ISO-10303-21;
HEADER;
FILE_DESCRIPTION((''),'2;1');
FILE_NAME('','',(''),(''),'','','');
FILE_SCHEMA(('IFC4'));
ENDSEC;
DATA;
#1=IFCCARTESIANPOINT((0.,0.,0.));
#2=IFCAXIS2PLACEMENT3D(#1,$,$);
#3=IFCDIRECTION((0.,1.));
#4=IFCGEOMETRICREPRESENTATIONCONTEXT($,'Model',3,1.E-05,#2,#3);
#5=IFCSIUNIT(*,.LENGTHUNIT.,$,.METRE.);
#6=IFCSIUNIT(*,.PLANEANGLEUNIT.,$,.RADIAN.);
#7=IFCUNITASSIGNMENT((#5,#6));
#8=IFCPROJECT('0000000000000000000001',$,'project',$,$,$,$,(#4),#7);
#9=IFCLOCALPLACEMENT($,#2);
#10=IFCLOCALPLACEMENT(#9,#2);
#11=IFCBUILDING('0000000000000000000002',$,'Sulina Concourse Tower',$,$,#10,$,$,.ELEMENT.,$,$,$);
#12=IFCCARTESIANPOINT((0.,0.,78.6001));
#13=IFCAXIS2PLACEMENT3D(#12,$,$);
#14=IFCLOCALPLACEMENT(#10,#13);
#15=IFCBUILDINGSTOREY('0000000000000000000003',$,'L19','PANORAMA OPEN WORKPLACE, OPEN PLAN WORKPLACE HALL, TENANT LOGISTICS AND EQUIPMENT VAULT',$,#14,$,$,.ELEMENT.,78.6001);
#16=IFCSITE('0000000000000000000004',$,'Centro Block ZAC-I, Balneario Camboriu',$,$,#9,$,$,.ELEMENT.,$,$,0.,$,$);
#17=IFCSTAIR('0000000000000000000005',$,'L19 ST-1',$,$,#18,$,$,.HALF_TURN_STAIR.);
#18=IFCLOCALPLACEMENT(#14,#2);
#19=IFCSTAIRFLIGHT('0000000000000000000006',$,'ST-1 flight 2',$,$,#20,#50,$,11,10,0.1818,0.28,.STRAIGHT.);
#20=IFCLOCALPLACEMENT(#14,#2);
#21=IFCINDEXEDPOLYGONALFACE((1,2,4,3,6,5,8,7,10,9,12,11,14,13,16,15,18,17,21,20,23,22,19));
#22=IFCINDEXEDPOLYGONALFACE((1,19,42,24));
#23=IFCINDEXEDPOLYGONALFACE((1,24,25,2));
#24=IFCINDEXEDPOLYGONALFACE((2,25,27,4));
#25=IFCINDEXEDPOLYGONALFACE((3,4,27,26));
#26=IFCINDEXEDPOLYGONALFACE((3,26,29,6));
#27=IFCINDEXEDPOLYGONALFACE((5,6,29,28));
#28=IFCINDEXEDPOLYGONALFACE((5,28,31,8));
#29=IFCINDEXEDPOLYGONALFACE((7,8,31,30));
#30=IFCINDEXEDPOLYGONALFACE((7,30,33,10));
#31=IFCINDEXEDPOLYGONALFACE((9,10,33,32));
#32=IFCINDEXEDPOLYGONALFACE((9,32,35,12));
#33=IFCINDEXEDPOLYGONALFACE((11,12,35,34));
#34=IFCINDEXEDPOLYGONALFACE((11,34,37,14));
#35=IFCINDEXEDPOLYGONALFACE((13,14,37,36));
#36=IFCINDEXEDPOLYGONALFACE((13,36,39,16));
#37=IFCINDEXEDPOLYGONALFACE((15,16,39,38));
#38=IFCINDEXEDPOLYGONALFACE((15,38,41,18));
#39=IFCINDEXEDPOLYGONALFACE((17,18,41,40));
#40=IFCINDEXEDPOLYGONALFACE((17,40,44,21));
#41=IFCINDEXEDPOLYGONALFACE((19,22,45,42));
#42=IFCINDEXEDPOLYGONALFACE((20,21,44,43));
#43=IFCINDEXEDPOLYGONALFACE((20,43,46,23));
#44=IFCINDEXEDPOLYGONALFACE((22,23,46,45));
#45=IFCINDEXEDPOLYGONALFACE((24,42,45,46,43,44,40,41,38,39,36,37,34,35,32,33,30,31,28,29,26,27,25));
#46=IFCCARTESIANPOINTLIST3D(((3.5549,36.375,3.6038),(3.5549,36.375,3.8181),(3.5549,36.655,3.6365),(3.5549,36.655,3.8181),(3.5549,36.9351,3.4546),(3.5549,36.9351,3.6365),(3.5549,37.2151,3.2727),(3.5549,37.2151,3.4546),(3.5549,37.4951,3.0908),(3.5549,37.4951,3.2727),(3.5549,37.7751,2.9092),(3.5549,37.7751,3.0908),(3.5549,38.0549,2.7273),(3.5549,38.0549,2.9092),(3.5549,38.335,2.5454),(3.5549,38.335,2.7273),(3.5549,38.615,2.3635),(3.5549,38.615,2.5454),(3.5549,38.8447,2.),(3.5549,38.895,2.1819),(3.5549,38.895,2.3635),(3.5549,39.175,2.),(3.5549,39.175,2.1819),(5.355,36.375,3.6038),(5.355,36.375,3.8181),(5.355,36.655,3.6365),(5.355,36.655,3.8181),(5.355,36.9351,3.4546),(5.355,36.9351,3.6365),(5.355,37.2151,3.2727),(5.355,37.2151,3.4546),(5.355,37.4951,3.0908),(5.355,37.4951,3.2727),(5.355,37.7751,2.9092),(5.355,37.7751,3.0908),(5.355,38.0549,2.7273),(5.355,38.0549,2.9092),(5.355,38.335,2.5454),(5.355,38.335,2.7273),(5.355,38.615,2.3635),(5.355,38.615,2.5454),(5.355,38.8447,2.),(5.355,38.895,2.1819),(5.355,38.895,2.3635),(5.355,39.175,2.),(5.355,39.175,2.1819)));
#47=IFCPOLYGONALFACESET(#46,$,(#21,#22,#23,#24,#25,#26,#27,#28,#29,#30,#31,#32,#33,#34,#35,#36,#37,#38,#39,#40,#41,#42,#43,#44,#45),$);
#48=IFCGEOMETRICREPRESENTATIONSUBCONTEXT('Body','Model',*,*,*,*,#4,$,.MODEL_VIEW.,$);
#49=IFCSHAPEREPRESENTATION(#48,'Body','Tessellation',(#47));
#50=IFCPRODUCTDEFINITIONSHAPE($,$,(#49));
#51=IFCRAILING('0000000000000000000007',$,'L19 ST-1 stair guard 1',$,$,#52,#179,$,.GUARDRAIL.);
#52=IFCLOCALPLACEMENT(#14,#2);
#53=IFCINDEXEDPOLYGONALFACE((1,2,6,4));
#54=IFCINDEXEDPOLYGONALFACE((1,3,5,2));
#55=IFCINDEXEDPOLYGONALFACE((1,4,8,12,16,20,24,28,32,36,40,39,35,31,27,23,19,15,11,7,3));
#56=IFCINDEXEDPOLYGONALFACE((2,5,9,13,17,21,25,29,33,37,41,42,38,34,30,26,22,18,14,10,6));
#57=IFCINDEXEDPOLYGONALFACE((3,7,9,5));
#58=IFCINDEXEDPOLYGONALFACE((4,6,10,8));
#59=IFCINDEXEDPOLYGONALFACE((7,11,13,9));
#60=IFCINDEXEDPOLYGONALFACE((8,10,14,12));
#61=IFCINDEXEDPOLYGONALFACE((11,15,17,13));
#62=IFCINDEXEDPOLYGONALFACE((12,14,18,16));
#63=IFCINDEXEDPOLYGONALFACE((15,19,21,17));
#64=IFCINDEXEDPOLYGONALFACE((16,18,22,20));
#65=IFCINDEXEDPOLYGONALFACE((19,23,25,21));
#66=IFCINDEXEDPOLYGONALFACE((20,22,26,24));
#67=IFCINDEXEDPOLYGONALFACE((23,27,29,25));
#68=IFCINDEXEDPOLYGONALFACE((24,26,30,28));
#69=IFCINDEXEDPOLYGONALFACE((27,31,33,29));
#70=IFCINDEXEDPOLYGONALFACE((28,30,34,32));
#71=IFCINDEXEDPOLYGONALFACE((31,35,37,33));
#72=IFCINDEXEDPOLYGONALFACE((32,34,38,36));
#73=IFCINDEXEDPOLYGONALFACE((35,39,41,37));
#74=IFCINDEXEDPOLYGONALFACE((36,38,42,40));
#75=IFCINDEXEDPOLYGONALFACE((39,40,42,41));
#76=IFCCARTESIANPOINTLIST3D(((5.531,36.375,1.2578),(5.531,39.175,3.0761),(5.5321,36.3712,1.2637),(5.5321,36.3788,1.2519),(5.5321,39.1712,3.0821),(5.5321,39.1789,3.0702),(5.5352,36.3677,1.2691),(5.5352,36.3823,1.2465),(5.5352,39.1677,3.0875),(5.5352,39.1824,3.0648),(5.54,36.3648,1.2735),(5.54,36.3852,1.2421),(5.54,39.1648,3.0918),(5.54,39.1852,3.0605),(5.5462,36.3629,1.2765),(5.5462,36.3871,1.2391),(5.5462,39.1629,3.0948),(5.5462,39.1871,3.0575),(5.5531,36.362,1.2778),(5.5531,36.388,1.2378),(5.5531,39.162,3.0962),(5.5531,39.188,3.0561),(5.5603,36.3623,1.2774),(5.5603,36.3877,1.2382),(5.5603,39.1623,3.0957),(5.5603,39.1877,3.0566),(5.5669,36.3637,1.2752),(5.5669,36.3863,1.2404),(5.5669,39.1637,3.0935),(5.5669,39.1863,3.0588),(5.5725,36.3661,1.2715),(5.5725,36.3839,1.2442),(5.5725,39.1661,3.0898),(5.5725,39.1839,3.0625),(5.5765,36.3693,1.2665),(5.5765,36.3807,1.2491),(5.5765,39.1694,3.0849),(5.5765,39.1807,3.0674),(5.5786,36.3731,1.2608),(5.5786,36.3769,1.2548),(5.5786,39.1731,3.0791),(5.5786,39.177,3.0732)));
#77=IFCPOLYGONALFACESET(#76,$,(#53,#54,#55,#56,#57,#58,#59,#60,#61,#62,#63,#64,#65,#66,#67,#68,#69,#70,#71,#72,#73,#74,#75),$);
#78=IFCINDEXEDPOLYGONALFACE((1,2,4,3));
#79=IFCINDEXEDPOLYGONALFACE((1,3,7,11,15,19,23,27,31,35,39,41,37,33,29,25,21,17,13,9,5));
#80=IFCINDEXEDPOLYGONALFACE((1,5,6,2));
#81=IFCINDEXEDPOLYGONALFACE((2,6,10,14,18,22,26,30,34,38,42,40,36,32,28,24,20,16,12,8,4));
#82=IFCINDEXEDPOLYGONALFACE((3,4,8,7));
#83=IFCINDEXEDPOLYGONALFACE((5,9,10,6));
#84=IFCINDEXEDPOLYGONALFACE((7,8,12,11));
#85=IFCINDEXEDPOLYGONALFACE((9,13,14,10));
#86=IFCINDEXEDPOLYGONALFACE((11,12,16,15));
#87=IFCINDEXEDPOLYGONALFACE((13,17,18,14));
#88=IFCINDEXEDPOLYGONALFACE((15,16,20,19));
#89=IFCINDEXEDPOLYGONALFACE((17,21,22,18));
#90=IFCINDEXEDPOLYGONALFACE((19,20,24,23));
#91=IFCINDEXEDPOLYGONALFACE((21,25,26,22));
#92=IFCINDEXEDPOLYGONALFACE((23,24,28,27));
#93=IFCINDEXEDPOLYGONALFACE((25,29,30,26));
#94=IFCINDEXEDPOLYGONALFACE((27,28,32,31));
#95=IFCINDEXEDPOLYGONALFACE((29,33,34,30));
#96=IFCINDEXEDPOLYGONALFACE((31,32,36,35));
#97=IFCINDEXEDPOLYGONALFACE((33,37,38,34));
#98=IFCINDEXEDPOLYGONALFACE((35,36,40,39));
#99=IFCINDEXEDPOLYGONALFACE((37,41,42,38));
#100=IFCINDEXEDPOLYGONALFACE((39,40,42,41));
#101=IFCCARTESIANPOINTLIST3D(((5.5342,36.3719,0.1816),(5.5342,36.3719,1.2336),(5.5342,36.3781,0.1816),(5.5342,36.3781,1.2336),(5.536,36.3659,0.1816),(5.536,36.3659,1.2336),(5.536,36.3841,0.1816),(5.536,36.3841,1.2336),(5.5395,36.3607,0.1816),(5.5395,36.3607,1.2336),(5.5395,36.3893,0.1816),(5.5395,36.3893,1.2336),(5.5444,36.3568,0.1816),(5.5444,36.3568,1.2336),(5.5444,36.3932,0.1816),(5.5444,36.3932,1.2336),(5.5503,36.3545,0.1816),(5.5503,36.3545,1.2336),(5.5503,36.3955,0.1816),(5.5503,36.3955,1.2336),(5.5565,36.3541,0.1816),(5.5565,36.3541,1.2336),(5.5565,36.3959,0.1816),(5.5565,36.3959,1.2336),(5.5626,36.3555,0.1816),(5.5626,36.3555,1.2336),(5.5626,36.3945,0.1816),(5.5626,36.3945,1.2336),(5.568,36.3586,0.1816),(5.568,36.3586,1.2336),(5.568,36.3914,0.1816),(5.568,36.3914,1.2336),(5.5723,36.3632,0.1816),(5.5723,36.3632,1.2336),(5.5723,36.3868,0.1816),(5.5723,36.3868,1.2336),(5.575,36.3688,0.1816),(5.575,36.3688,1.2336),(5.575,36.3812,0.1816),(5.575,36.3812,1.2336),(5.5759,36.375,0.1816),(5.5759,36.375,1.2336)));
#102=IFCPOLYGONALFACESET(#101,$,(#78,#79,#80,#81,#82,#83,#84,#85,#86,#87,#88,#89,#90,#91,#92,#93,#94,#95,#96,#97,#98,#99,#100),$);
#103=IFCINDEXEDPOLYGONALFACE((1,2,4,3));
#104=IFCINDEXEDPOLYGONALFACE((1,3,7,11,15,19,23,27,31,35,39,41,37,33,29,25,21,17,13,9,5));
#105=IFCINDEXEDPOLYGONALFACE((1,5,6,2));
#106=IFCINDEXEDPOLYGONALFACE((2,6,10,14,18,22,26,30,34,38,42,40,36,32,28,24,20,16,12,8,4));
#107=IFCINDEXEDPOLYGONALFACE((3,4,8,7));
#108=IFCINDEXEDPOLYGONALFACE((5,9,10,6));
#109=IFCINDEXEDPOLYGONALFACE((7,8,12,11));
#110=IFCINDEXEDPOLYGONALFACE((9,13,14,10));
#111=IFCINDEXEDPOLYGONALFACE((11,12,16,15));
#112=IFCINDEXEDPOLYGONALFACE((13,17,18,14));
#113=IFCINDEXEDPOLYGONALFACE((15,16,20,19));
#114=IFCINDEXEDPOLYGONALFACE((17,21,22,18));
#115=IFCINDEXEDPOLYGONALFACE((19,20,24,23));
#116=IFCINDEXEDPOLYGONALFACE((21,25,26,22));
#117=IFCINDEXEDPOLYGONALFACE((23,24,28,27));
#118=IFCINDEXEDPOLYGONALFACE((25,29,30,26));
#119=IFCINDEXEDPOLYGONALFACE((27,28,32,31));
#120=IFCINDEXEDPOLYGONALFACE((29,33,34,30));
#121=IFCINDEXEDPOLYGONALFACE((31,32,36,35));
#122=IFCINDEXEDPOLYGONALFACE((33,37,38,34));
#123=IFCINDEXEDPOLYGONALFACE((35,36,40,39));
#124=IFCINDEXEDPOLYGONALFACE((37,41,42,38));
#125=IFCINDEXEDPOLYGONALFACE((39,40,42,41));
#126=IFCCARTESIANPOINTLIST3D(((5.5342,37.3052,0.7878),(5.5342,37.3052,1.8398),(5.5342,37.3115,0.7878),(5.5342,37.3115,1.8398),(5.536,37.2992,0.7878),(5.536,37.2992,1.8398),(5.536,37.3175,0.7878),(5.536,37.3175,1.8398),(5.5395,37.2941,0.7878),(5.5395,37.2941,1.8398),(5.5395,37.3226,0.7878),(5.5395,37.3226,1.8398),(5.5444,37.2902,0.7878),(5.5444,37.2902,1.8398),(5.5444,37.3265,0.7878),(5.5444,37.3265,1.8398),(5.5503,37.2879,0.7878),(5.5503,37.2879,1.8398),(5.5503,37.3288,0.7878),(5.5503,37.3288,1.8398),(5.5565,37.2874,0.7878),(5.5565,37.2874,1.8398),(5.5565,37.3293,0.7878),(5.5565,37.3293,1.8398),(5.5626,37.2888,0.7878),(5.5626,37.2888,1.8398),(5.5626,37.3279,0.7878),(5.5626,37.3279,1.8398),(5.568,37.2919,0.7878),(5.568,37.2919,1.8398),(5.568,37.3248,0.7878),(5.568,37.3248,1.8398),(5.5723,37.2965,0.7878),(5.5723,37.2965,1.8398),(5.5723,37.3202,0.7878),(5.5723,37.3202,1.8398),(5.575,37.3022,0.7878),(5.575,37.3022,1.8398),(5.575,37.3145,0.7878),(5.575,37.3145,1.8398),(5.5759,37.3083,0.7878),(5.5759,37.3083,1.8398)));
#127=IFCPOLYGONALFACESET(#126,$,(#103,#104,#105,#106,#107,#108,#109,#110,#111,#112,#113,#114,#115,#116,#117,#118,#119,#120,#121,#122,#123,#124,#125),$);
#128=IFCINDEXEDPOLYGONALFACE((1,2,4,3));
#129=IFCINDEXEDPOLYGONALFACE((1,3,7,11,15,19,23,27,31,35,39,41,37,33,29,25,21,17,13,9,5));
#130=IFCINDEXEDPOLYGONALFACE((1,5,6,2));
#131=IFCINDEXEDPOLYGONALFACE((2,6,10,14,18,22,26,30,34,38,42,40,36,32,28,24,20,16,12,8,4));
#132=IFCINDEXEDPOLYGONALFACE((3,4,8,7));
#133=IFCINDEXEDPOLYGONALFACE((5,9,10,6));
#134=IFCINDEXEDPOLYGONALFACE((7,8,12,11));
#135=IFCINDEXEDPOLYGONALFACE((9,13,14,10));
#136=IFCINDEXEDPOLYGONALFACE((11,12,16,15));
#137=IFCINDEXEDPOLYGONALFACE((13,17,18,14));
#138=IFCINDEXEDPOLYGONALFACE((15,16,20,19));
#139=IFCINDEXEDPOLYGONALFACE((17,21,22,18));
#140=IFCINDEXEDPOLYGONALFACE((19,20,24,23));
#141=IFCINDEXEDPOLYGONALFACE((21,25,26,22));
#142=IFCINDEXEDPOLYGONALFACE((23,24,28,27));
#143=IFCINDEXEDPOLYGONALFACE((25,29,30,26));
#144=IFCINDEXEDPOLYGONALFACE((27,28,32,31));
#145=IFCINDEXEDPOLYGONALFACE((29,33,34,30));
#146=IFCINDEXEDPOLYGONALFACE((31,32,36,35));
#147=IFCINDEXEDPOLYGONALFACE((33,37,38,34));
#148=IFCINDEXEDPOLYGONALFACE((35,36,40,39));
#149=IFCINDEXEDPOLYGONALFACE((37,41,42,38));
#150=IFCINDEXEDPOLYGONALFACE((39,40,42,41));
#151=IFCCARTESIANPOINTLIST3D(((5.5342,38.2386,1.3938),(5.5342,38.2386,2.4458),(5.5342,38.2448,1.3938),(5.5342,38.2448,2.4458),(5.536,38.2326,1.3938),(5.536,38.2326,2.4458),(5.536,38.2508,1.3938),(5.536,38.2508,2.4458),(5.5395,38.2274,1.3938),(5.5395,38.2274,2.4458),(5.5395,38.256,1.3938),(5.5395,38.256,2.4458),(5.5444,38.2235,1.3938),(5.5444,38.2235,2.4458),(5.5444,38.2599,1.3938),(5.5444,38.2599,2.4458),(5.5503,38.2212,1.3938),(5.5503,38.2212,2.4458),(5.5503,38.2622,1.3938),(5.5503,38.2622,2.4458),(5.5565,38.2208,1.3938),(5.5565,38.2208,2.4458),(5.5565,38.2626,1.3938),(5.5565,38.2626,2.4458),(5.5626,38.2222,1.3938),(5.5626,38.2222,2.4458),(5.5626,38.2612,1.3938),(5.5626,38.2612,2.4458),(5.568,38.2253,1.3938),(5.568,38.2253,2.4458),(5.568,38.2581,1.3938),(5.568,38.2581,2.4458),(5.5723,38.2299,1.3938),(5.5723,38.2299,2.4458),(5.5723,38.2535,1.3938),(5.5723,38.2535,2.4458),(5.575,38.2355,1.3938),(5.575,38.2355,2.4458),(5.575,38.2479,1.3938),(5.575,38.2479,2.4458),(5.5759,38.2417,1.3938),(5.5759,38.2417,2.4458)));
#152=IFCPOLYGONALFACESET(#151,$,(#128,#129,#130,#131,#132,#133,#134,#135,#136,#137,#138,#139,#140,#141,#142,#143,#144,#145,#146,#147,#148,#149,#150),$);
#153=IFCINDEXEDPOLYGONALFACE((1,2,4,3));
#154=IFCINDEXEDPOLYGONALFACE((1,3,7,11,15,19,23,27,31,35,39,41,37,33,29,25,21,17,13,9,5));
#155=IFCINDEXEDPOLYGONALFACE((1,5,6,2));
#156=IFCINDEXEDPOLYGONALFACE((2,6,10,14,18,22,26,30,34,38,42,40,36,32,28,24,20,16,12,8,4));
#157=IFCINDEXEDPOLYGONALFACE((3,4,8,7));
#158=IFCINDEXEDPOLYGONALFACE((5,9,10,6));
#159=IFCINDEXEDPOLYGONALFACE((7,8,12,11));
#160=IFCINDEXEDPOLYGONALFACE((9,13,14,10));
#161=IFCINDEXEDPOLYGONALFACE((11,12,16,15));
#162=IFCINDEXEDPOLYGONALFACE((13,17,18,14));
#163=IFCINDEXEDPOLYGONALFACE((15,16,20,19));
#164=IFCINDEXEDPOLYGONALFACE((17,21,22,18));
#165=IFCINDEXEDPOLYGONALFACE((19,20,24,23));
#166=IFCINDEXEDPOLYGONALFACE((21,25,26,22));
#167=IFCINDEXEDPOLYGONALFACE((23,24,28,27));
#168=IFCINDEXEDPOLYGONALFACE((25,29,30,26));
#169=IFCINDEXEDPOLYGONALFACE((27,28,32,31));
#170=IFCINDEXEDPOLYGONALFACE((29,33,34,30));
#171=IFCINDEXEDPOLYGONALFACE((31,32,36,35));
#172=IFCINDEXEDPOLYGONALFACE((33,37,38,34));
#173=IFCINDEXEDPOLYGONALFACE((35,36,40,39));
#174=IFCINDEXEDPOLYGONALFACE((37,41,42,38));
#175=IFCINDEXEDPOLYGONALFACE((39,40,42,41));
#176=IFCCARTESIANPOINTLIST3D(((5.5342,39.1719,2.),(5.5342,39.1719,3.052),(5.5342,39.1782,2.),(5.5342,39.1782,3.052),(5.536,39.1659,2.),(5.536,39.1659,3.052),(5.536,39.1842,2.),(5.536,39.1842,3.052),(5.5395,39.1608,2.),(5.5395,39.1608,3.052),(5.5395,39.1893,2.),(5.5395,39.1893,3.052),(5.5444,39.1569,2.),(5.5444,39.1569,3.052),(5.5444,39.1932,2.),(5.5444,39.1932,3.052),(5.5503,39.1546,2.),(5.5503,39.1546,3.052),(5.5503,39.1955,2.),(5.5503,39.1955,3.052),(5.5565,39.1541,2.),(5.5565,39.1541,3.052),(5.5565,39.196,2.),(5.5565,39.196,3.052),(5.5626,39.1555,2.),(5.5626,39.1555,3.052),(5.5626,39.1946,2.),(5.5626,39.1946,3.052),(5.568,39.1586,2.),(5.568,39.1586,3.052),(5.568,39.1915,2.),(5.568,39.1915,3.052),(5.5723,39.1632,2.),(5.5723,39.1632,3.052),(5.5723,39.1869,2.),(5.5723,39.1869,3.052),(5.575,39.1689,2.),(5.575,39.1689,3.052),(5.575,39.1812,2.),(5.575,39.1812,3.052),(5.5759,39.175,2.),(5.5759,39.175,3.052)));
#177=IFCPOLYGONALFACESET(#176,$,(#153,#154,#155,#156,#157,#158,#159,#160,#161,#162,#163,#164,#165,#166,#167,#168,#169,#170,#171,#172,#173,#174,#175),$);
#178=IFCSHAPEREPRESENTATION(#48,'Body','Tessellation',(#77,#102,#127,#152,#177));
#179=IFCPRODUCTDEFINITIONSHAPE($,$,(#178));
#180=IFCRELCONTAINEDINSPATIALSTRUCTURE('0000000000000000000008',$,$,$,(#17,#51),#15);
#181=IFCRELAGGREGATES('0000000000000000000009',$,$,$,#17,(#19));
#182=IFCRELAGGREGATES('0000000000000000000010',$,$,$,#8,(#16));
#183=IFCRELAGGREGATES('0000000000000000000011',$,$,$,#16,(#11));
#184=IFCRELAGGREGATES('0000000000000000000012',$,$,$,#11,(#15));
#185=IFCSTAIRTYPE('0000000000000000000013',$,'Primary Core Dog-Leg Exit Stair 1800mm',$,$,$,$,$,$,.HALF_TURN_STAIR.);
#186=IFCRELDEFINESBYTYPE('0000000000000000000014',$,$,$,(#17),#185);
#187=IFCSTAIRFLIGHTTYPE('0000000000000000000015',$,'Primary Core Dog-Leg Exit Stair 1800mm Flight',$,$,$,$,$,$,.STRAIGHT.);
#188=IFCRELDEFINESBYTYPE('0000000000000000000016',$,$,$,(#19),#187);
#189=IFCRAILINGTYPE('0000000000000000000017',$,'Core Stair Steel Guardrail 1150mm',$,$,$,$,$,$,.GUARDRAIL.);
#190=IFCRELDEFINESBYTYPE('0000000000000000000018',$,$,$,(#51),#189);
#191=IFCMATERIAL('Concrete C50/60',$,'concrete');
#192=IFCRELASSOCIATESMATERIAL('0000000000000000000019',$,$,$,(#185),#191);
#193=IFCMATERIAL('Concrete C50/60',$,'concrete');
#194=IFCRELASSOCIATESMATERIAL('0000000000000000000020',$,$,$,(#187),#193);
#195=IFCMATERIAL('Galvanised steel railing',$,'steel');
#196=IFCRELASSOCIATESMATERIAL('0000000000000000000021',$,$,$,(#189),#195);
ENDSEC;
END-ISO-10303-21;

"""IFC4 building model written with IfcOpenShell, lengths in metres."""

from ifc_helpers import new_model, si_unit, direction, frame, origin, origin_2d, place, context, subcontext, project, spatial, polyline, circle, outline, extrude, material, type_object, element, aggregate, save


model = new_model("IFC4")

# Units and contexts
model_context = context("Model", 3, precision=1e-05, world=origin(), true_north=direction((0.0, 1.0)))
body_context = subcontext(model_context, "Body", "Model", "MODEL_VIEW")
ifc_project = project(units=[si_unit("LENGTHUNIT", "METRE"), si_unit("PLANEANGLEUNIT", "RADIAN")], contexts=[model_context])

# Site, building, storey
site_placement = place(None, origin())
site = spatial("IfcSite", under=ifc_project, at=site_placement, Name="Centro Block ZAC-I, Balneario Camboriu", CompositionType="ELEMENT", RefElevation=0.0)
building_placement = place(site_placement, origin())
building = spatial("IfcBuilding", under=site, at=building_placement, Name="Sulina Concourse Tower", CompositionType="ELEMENT")
storey_placement = place(building_placement, frame((0.0, 0.0, 78.6001)))
storey = spatial("IfcBuildingStorey", under=building, at=storey_placement, Name="L19", Description="PANORAMA OPEN WORKPLACE, OPEN PLAN WORKPLACE HALL, TENANT LOGISTICS AND EQUIPMENT VAULT", CompositionType="ELEMENT", Elevation=78.6001)

# Stair, stair flight
ifc_material_1 = material(Name="Concrete C50/60", Category="concrete")
stair_type = type_object("IfcStairType", Name="Primary Core Dog-Leg Exit Stair 1800mm", PredefinedType="HALF_TURN_STAIR", material=ifc_material_1)
stair_placement = place(storey_placement, origin())
stair = element("IfcStair", 1, at=stair_placement, inside=storey, type_object=stair_type, Name="L19 ST-1", PredefinedType="HALF_TURN_STAIR")
ifc_material_2 = material(Name="Concrete C50/60", Category="concrete")
stair_flight_type = type_object("IfcStairFlightType", Name="Primary Core Dog-Leg Exit Stair 1800mm Flight", PredefinedType="STRAIGHT", material=ifc_material_2)
stair_flight_1_placement = place(storey_placement, frame((4.4551, 39.175, 2.0), z_axis=(0.0, 0.0, 1.0), x_axis=(0.0, -1.0, 0.0)))
stair_flight_1 = element("IfcStairFlight", 2, at=stair_flight_1_placement, type_object=stair_flight_type, Name="ST-1 flight 2", NumberOfRisers=11, NumberOfTreads=10, PredefinedType="STRAIGHT", RiserHeight=0.1818, TreadLength=0.28, context=body_context, shape_type="SweptSolid", body=[
    extrude(outline(polyline([(0.0, 0.0), (0.0, 0.1819), (0.28, 0.1819), (0.28, 0.3635), (0.5601, 0.3635), (0.5601, 0.5454), (0.8401, 0.5454), (0.8401, 0.7273), (1.1201, 0.7273), (1.1201, 0.9092), (1.3999, 0.9092), (1.3999, 1.0908), (1.6799, 1.0908), (1.6799, 1.2727), (1.96, 1.2727), (1.96, 1.4546), (2.24, 1.4546), (2.24, 1.6365), (2.52, 1.6365), (2.52, 1.8181), (2.8, 1.8181), (2.8, 2.0), (2.8, 1.6038), (0.3303, 0.0), (0.0, 0.0)])), frame((0.0, 0.8999, 0.0), z_axis=(0.0, -1.0, 0.0), x_axis=(1.0, 0.0, 0.0)), (0.0, 0.0, 1.0), 1.8),
])
aggregate(stair, [stair_flight_1])

# Railing
ifc_material_3 = material(Name="Galvanised steel railing", Category="steel")
railing_type_1 = type_object("IfcRailingType", Name="Core Stair Steel Guardrail 1150mm", PredefinedType="GUARDRAIL", material=ifc_material_3)
railing_1_placement = place(storey_placement, frame((5.5549, 36.375, 0.1816)))
element("IfcRailing", 3, at=railing_1_placement, inside=storey, type_object=railing_type_1, Name="L19 ST-1 stair guard 1", PredefinedType="GUARDRAIL", context=body_context, shape_type="SweptSolid", body=[
    extrude(circle(Radius=0.0239, at=origin_2d()), frame((0.0, 0.0, 1.0762), z_axis=(0.0, 0.838672, 0.544636), x_axis=(-1.0, 0.0, 0.0)), (0.0, 0.0, 1.0), 3.3386),
    extrude(circle(Radius=0.021, at=origin_2d()), origin(), (0.0, 0.0, 1.0), 1.052),
    extrude(circle(Radius=0.021, at=origin_2d()), frame((0.0, 0.9333, 0.6062)), (0.0, 0.0, 1.0), 1.052),
    extrude(circle(Radius=0.021, at=origin_2d()), frame((0.0, 1.8667, 1.2122)), (0.0, 0.0, 1.0), 1.052),
    extrude(circle(Radius=0.021, at=origin_2d()), frame((0.0, 2.8, 1.8184)), (0.0, 0.0, 1.0), 1.052),
])

save(model, "model.ifc")
